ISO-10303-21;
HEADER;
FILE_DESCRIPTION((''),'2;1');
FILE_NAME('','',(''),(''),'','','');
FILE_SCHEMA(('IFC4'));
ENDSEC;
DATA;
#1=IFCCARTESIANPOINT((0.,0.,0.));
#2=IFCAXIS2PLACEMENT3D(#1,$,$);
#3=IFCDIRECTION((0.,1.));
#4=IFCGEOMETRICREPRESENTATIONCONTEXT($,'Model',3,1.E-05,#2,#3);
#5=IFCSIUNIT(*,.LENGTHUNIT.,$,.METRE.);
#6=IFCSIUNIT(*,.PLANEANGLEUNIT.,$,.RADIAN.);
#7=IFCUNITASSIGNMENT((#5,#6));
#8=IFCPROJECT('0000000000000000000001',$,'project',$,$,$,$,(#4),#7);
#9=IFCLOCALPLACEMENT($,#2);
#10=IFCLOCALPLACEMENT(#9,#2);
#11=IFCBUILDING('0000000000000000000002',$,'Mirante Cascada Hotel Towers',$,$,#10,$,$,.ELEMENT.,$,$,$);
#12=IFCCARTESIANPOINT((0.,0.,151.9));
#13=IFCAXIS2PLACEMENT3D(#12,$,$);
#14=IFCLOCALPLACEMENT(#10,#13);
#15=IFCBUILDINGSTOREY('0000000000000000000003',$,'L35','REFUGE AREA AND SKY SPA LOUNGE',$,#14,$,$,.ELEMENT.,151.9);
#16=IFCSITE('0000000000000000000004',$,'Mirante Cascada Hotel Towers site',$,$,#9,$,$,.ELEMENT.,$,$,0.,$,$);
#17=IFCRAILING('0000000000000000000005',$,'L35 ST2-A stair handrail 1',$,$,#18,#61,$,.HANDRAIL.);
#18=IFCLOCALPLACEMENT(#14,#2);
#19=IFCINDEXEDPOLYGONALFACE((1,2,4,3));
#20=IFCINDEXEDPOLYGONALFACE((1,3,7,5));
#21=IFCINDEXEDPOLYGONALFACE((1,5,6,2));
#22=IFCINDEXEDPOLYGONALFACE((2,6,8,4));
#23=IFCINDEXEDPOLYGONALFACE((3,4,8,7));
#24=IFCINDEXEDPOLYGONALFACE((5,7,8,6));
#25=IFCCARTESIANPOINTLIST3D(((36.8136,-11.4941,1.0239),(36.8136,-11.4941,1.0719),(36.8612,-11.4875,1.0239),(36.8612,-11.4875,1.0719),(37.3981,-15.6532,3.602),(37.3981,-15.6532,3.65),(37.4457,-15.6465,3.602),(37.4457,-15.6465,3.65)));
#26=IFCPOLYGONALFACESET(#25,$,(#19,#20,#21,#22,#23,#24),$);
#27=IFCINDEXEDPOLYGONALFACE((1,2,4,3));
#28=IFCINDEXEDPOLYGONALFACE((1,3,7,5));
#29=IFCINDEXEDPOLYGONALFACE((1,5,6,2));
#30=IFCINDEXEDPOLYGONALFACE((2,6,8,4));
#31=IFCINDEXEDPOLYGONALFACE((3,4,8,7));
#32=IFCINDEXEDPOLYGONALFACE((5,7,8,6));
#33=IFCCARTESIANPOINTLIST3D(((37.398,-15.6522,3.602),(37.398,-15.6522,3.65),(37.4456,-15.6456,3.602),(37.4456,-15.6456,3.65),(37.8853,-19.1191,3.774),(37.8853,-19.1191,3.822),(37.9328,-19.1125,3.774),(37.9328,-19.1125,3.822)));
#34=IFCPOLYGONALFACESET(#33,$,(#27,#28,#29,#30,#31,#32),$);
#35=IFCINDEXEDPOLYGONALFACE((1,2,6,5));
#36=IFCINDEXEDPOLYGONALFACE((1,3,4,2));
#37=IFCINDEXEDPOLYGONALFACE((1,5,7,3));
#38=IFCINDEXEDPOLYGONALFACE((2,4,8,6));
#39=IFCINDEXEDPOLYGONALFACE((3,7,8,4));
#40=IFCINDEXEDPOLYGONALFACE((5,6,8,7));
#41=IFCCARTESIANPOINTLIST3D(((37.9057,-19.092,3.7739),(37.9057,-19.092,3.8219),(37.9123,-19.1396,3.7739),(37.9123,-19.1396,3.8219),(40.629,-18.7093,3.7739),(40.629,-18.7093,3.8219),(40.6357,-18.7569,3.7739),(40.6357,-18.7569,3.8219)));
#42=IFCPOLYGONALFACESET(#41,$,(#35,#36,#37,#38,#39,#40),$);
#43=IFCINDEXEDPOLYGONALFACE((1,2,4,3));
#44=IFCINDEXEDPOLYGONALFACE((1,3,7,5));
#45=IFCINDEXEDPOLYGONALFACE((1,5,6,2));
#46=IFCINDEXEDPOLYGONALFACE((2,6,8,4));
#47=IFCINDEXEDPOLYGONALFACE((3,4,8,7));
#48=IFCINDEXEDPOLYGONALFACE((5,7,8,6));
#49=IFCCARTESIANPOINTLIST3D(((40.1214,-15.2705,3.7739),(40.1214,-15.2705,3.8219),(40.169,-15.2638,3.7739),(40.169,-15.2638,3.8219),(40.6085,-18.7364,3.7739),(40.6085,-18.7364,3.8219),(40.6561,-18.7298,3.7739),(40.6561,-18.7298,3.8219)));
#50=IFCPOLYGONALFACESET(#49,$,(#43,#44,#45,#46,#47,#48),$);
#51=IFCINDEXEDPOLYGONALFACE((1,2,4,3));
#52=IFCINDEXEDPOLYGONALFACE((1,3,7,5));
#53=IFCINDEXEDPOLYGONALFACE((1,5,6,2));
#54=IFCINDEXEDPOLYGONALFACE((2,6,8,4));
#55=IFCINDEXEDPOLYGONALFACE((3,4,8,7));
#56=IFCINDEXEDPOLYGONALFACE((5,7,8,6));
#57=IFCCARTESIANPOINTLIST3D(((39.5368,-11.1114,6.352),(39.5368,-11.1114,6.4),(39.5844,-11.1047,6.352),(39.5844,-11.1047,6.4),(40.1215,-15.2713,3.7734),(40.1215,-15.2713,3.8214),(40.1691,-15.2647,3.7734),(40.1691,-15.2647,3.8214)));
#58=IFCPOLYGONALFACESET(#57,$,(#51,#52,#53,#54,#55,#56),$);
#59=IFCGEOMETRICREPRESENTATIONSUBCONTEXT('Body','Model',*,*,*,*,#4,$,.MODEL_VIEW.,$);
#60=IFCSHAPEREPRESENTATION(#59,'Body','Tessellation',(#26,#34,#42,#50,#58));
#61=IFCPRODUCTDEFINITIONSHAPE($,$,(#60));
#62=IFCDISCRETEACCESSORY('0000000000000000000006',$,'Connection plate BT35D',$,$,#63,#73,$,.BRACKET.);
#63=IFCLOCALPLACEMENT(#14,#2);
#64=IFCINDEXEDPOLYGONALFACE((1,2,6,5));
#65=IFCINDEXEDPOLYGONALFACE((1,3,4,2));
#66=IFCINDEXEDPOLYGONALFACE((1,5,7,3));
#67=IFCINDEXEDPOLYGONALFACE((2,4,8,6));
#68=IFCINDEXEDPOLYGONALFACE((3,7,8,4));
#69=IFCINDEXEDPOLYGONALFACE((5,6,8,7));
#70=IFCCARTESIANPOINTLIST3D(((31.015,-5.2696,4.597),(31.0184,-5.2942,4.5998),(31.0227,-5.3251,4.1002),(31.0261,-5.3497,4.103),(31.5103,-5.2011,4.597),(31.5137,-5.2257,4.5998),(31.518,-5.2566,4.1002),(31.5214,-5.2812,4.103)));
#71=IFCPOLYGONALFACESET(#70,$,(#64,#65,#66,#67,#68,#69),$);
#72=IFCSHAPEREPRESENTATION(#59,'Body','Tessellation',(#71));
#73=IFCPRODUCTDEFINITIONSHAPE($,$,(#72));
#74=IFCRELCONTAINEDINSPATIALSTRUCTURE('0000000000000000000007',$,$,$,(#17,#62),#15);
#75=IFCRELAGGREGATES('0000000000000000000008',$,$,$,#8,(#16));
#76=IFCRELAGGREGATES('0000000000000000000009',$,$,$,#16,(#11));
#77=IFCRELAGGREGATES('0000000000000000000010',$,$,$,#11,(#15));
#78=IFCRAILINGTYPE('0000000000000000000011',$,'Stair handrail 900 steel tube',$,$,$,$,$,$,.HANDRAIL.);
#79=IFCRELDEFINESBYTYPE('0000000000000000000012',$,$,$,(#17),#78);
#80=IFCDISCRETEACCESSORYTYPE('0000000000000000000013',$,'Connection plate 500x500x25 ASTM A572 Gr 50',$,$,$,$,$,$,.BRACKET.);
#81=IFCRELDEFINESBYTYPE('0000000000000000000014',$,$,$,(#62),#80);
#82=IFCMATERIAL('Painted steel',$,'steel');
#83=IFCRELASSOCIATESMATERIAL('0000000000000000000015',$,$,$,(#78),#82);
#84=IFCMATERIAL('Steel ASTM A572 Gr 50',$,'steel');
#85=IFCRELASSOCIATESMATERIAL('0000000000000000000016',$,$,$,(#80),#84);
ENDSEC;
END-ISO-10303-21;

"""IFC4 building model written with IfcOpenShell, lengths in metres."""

from ifc_helpers import new_model, si_unit, direction, frame, origin, origin_2d, place, context, subcontext, project, spatial, rectangle, extrude, material, material_profile, profile_set, type_object, element, save


model = new_model("IFC4")

# Units and contexts
model_context = context("Model", 3, precision=1e-05, world=origin(), true_north=direction((0.0, 1.0)))
body_context = subcontext(model_context, "Body", "Model", "MODEL_VIEW")
ifc_project = project(units=[si_unit("LENGTHUNIT", "METRE"), si_unit("PLANEANGLEUNIT", "RADIAN")], contexts=[model_context])

# Site, building, storey
site_placement = place(None, origin())
site = spatial("IfcSite", under=ifc_project, at=site_placement, Name="Mirante Cascada Hotel Towers site", CompositionType="ELEMENT", RefElevation=0.0)
building_placement = place(site_placement, origin())
building = spatial("IfcBuilding", under=site, at=building_placement, Name="Mirante Cascada Hotel Towers", CompositionType="ELEMENT")
storey_placement = place(building_placement, frame((0.0, 0.0, 151.9)))
storey = spatial("IfcBuildingStorey", under=building, at=storey_placement, Name="L35", Description="REFUGE AREA AND SKY SPA LOUNGE", CompositionType="ELEMENT", Elevation=151.9)

# Railing
ifc_material_1 = material(Name="Painted steel", Category="steel")
railing_type = type_object("IfcRailingType", Name="Stair handrail 900 steel tube", PredefinedType="HANDRAIL", material=ifc_material_1)
railing_placement = place(storey_placement, frame((36.8374, -11.4908, 0.1719)))
element("IfcRailing", 1, at=railing_placement, inside=storey, type_object=railing_type, Name="L35 ST2-A stair handrail 1", PredefinedType="HANDRAIL", context=body_context, shape_type="SweptSolid", body=[
    extrude(rectangle(XDim=0.048, YDim=0.048, at=origin_2d()), frame((0.0, 0.0, 0.876), z_axis=(0.139168, -0.990269, 0.0), x_axis=(0.990269, 0.139168, 0.0)), (0.0, 0.523141, 0.852246), 4.9281),
    extrude(rectangle(XDim=0.048, YDim=0.048, at=origin_2d()), frame((0.5844, -4.1581, 3.4541), z_axis=(0.139173, -0.990268, 0.0), x_axis=(0.990268, 0.139173, 0.0)), (0.0, 0.049056, 0.998796), 3.5052),
    extrude(rectangle(XDim=0.048, YDim=0.048, at=origin_2d()), frame((1.0716, -7.625, 3.626), z_axis=(0.99027, 0.139161, 0.0), x_axis=(-0.139161, 0.99027, 0.0)), (0.0, 0.0, 1.0), 2.7501),
    extrude(rectangle(XDim=0.048, YDim=0.048, at=origin_2d()), frame((3.7949, -7.2423, 3.626), z_axis=(-0.139173, 0.990268, 0.0), x_axis=(-0.990268, -0.139173, 0.0)), (0.0, 0.0, 1.0), 3.5),
    extrude(rectangle(XDim=0.048, YDim=0.048, at=origin_2d()), frame((3.3079, -3.7772, 3.6255), z_axis=(-0.139191, 0.990266, 0.0), x_axis=(-0.990266, -0.139191, 0.0)), (0.0, 0.52314, 0.852247), 4.9291),
])

# Discrete accessory
ifc_material_2 = material(Name="Steel ASTM A572 Gr 50", Category="steel")
ifc_material_profile_1 = material_profile(ifc_material_2, rectangle(XDim=0.5, YDim=0.5, at=origin_2d()), Name="Connection plate 500x500x25 ASTM A572 Gr 50")
ifc_profile_set_1 = profile_set([ifc_material_profile_1], Name="Steel ASTM A572 Gr 50")
discrete_accessory_type = type_object("IfcDiscreteAccessoryType", Name="Connection plate 500x500x25 ASTM A572 Gr 50", PredefinedType="BRACKET", material=ifc_profile_set_1)
discrete_accessory_placement = place(storey_placement, frame((31.2699, -5.2877, 4.3514), z_axis=(-0.136048, 0.984347, -0.112039), x_axis=(-0.990583, -0.13691, 0.0)))
element("IfcDiscreteAccessory", 2, at=discrete_accessory_placement, inside=storey, type_object=discrete_accessory_type, Name="Connection plate BT35D", PredefinedType="BRACKET", context=body_context, shape_type="SweptSolid", body=[
    extrude(rectangle(XDim=0.5, YDim=0.5, at=origin_2d()), origin(), (0.0, 0.0, 1.0), 0.025),
])

save(model, "model.ifc")
